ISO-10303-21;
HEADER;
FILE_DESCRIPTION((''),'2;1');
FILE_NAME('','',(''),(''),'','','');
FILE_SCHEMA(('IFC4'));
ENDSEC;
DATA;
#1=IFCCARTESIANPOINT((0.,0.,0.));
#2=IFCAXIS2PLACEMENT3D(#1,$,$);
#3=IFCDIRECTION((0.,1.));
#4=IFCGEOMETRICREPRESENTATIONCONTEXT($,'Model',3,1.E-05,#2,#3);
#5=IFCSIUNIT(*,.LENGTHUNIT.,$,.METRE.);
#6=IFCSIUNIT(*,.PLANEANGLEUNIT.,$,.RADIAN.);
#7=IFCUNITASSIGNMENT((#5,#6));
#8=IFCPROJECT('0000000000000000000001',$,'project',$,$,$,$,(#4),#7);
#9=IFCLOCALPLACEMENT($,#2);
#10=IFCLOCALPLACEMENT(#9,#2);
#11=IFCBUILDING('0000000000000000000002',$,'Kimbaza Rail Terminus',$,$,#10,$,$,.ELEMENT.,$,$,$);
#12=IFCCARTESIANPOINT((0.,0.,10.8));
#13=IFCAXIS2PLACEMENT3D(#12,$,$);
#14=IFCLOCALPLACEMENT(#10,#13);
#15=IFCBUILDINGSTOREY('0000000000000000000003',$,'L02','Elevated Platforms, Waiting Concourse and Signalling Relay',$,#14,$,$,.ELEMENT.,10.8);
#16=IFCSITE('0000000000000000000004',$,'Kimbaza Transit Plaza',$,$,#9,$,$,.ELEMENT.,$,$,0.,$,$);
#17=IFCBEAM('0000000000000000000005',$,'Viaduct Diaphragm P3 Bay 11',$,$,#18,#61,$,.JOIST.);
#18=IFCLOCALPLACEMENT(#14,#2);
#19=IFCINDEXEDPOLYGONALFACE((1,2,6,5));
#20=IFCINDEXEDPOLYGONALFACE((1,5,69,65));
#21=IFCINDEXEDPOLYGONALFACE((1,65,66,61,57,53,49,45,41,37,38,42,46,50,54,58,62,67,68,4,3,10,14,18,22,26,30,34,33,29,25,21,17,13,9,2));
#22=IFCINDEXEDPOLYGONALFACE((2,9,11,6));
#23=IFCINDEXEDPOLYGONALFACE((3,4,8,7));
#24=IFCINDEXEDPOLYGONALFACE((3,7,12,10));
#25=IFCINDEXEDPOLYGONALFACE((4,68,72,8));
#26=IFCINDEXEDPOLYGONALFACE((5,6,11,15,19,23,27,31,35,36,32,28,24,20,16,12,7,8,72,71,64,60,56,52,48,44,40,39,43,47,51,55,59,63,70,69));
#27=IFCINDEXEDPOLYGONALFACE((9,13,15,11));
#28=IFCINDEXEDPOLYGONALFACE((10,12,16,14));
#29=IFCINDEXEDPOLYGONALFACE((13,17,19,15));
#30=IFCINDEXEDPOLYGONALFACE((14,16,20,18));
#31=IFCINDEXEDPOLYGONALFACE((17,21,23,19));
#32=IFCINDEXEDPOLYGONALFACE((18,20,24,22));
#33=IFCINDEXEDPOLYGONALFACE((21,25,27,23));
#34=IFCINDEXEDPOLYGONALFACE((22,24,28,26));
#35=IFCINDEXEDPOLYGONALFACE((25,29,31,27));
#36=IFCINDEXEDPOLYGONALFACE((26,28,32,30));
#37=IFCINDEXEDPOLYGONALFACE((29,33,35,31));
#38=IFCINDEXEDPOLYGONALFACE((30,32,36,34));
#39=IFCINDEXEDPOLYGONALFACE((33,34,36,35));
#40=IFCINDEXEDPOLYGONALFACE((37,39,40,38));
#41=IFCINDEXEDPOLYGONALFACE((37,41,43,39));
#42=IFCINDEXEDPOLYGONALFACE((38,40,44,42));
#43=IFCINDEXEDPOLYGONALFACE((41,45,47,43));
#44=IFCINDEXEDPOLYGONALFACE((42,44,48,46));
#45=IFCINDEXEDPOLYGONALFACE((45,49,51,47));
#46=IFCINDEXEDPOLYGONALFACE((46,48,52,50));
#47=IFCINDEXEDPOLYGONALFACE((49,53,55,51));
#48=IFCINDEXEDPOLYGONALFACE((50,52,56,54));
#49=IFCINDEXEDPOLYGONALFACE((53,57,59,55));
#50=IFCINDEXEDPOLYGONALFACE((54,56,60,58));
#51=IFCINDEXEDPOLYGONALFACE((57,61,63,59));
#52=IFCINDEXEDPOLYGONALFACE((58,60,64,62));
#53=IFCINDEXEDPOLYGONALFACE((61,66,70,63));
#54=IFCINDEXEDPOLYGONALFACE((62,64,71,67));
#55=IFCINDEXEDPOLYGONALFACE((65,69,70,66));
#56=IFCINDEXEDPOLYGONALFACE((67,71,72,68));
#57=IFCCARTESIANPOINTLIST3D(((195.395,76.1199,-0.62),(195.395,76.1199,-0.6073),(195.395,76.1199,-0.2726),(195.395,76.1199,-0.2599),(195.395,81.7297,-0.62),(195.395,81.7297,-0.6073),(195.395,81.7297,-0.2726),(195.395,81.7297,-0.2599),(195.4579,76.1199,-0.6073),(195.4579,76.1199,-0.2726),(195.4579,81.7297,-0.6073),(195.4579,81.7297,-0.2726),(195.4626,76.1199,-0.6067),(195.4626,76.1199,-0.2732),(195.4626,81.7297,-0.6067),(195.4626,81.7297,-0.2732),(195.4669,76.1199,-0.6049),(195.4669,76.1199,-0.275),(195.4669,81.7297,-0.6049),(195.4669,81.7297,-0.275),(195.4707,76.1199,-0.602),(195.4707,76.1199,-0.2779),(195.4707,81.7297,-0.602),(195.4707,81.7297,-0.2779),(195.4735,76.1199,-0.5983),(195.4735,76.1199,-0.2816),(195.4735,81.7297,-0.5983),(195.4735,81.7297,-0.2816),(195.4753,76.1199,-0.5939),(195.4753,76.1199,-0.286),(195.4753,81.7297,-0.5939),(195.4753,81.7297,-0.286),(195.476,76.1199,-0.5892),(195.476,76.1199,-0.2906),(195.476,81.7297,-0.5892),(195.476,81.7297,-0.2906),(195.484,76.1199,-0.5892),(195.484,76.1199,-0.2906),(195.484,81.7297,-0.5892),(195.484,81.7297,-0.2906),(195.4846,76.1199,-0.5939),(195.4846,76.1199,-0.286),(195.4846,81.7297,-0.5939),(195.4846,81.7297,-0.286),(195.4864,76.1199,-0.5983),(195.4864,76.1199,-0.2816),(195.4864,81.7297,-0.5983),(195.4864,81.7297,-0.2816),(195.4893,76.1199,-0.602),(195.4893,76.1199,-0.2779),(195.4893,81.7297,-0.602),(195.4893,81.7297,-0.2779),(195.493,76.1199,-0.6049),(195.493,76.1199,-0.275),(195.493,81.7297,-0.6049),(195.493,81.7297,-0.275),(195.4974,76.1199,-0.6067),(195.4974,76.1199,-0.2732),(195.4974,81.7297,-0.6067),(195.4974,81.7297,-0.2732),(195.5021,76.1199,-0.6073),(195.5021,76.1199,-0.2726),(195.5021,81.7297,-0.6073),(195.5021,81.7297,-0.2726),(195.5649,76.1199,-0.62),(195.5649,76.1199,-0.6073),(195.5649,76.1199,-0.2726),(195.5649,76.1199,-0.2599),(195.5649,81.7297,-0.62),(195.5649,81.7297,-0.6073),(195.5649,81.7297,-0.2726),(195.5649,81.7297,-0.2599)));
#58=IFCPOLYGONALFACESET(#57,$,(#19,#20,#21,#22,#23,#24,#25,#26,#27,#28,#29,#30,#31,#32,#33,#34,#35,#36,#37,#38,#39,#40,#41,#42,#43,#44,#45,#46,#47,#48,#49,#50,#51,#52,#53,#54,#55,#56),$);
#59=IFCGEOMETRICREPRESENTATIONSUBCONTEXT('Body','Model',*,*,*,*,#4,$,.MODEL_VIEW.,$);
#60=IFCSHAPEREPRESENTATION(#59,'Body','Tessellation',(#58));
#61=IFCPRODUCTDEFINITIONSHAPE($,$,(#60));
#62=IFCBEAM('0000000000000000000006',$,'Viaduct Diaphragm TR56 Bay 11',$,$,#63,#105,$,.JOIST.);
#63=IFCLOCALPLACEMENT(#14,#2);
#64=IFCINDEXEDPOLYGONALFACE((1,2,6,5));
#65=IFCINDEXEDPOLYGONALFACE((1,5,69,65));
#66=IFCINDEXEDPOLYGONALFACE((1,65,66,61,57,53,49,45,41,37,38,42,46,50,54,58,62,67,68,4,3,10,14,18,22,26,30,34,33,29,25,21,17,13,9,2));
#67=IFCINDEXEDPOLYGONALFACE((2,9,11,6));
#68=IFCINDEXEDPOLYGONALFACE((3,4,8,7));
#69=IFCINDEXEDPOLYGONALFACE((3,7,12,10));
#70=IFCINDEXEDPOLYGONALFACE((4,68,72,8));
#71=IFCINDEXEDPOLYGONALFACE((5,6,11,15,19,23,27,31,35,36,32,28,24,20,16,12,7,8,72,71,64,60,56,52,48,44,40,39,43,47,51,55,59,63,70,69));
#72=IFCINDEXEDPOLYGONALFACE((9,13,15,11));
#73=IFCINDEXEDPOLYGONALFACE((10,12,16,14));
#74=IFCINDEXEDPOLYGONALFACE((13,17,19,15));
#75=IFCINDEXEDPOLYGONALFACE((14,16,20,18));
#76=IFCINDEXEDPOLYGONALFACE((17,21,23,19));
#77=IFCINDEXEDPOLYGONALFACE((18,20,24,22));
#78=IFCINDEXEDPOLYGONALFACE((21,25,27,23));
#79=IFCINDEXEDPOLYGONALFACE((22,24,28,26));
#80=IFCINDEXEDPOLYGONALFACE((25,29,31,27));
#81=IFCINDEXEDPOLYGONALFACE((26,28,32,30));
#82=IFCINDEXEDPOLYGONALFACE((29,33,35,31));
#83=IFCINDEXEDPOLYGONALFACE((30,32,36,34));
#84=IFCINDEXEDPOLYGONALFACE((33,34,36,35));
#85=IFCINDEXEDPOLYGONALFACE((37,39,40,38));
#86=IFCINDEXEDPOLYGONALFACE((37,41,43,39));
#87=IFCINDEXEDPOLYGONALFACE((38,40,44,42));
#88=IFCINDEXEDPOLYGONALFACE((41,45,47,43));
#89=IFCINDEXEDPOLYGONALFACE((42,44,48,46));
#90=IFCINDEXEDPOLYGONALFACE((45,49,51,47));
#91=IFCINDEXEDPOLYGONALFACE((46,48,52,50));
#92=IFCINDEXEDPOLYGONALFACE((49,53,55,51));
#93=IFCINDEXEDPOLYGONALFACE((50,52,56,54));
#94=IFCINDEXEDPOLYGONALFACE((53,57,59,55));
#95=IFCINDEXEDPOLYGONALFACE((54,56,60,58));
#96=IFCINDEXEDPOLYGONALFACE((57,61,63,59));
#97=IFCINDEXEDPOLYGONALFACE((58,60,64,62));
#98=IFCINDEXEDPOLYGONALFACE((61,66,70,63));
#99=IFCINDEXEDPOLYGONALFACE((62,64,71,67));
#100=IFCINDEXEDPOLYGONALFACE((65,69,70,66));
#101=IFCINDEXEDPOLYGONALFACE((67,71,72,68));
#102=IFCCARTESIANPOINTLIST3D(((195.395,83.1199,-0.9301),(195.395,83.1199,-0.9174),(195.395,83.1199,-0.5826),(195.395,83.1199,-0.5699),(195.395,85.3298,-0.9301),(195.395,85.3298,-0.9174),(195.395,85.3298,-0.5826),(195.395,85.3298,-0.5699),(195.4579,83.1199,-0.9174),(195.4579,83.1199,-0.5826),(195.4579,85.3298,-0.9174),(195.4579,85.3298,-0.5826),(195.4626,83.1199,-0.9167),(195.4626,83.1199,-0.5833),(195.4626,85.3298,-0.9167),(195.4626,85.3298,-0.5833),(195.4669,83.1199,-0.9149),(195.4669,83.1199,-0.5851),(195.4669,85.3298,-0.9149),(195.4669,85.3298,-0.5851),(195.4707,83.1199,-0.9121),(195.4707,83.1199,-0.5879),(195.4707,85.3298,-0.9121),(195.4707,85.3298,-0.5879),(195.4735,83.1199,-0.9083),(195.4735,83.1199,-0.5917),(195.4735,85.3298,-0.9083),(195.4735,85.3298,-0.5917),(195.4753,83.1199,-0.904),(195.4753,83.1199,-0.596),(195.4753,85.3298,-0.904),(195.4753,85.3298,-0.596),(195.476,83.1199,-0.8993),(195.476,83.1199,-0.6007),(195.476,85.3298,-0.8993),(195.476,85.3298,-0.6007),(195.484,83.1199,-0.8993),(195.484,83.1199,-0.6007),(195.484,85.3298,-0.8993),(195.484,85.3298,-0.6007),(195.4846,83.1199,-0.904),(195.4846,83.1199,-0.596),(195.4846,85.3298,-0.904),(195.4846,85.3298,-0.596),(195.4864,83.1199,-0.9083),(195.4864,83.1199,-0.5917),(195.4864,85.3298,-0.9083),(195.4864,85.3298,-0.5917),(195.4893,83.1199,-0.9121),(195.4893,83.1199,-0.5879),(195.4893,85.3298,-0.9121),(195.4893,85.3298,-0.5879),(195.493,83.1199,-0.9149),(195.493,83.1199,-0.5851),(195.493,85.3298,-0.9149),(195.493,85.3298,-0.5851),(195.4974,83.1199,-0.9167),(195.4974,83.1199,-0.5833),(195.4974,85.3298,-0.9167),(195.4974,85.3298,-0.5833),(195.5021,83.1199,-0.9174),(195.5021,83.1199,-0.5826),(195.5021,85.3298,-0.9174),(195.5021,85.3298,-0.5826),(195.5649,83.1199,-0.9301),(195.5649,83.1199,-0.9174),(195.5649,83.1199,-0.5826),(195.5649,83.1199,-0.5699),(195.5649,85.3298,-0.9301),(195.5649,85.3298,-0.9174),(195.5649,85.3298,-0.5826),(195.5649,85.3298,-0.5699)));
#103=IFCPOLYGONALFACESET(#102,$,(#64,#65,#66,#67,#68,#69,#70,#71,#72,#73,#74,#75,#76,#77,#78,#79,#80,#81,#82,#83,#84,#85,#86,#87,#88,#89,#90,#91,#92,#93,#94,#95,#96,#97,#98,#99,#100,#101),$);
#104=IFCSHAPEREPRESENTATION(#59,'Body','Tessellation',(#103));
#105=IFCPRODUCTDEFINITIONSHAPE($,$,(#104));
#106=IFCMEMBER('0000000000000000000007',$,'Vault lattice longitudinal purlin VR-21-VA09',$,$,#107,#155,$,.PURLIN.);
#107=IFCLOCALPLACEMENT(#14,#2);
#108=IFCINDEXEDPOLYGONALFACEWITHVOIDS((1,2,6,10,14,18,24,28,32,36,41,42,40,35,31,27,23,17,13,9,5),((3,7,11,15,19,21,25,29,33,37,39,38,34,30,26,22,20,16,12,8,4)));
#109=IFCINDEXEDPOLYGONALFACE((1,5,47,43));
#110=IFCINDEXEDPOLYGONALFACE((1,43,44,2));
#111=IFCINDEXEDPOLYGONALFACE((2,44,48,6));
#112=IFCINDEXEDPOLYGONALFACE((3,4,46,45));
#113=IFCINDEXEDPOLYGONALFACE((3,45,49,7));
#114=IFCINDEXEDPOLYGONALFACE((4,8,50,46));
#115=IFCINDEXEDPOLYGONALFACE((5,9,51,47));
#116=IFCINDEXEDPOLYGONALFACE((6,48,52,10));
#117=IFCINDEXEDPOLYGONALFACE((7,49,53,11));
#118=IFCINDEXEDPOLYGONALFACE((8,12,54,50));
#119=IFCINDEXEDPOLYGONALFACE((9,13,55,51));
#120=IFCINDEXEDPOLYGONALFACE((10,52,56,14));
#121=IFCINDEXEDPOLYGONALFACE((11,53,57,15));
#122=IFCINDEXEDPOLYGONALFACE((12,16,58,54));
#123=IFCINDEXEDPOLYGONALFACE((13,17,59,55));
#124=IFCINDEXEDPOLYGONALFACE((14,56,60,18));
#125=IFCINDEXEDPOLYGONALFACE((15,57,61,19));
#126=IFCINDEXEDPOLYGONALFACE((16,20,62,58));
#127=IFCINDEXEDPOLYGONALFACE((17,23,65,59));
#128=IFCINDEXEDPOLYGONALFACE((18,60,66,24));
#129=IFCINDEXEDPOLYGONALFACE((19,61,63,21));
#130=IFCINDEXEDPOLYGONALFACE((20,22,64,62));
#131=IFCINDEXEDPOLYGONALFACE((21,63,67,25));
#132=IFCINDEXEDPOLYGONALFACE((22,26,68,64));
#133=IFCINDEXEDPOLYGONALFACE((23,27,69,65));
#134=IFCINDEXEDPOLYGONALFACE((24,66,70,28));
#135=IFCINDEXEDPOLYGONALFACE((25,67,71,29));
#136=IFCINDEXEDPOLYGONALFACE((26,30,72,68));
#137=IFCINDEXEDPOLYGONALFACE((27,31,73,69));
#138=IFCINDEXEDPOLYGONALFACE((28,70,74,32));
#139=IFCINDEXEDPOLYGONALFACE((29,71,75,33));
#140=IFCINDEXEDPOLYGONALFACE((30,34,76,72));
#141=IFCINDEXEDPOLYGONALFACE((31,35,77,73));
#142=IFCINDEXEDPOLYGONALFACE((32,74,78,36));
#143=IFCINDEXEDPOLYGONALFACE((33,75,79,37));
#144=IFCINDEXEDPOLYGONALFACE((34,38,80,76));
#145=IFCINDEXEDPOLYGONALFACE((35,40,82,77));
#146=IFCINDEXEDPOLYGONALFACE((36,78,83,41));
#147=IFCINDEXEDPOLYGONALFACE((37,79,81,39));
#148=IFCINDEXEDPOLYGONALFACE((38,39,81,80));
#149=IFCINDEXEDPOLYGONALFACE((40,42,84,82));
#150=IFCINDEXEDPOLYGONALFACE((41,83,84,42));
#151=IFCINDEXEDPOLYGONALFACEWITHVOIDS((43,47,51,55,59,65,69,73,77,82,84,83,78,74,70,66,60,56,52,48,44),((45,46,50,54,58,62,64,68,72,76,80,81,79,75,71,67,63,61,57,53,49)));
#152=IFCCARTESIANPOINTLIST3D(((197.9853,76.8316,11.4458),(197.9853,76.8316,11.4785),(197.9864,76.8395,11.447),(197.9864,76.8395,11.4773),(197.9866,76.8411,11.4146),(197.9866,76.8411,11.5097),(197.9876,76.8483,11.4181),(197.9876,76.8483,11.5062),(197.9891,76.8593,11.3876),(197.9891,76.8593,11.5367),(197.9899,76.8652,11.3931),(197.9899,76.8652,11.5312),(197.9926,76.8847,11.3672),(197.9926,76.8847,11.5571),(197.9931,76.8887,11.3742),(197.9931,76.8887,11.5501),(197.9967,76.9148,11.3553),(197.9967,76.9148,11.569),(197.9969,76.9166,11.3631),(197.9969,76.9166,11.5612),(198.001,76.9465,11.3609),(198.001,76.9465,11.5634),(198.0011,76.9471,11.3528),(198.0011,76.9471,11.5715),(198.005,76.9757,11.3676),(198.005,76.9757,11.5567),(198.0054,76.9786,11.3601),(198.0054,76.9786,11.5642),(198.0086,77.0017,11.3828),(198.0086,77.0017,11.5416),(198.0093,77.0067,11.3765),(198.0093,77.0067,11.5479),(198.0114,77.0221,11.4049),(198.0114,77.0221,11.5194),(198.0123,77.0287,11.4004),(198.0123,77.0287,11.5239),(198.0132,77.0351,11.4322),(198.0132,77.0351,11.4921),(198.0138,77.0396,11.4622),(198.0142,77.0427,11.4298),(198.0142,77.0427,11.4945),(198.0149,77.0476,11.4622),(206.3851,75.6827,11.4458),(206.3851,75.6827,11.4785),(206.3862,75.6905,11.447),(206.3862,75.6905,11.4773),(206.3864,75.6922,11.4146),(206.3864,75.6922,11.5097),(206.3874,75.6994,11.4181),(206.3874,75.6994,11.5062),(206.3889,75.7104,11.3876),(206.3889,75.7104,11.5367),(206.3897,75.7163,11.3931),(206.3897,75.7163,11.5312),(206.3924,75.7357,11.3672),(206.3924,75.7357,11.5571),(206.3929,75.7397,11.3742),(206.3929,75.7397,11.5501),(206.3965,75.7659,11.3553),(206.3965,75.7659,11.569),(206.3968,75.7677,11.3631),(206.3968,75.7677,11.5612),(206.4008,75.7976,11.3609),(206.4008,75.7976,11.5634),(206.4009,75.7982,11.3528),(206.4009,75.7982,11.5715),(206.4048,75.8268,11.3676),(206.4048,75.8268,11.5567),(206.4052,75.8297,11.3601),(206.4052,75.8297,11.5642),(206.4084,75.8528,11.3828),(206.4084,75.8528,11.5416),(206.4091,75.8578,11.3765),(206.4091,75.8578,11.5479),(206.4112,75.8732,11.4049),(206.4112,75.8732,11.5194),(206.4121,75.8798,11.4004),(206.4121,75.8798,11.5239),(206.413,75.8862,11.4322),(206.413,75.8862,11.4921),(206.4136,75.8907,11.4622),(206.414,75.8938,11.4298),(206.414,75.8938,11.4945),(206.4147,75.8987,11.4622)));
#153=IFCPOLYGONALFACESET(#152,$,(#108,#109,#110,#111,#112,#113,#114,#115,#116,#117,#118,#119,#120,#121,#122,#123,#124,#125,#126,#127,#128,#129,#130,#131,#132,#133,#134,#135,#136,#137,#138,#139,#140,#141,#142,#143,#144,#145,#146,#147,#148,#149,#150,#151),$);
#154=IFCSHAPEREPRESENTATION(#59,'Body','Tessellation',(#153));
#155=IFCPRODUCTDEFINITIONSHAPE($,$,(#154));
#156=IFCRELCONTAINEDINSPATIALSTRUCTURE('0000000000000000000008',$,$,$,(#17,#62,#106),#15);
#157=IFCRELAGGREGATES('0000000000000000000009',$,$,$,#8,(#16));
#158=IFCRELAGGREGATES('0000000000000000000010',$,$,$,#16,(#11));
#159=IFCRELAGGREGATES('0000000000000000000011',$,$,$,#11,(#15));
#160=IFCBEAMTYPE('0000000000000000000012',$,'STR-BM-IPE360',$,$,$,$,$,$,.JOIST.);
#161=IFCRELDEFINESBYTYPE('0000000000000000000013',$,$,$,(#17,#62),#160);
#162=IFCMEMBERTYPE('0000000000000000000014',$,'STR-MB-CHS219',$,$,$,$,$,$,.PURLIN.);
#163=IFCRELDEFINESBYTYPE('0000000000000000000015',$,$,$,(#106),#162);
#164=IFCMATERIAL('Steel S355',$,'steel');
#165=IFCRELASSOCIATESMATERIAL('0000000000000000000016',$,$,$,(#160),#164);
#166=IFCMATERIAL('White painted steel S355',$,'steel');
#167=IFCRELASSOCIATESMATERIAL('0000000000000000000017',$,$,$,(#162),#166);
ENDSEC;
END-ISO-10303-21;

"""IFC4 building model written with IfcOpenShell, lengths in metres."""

from ifc_helpers import new_model, si_unit, direction, frame, origin, origin_2d, place, context, subcontext, project, spatial, hollow_circle, i_section, extrude, material, material_profile, profile_set, type_object, element, save


model = new_model("IFC4")

# Units and contexts
model_context = context("Model", 3, precision=1e-05, world=origin(), true_north=direction((0.0, 1.0)))
body_context = subcontext(model_context, "Body", "Model", "MODEL_VIEW")
ifc_project = project(units=[si_unit("LENGTHUNIT", "METRE"), si_unit("PLANEANGLEUNIT", "RADIAN")], contexts=[model_context])

# Site, building, storey
site_placement = place(None, origin())
site = spatial("IfcSite", under=ifc_project, at=site_placement, Name="Kimbaza Transit Plaza", CompositionType="ELEMENT", RefElevation=0.0)
building_placement = place(site_placement, origin())
building = spatial("IfcBuilding", under=site, at=building_placement, Name="Kimbaza Rail Terminus", CompositionType="ELEMENT")
storey_placement = place(building_placement, frame((0.0, 0.0, 10.8)))
storey = spatial("IfcBuildingStorey", under=building, at=storey_placement, Name="L02", Description="Elevated Platforms, Waiting Concourse and Signalling Relay", CompositionType="ELEMENT", Elevation=10.8)

# Beams
ifc_material_1 = material(Name="Steel S355", Category="steel")
ifc_material_profile_1 = material_profile(ifc_material_1, i_section(OverallWidth=0.1699, OverallDepth=0.3601, WebThickness=0.0081, FlangeThickness=0.0127, FilletRadius=0.0181, at=origin_2d()), Name="IPE 360")
ifc_profile_set_1 = profile_set([ifc_material_profile_1], Name="Steel S355")
beam_type = type_object("IfcBeamType", Name="STR-BM-IPE360", PredefinedType="JOIST", material=ifc_profile_set_1)
beam_1_placement = place(storey_placement, frame((195.48, 76.1199, -0.4399), z_axis=(0.0, 1.0, 0.0), x_axis=(-1.0, 0.0, 0.0)))
element("IfcBeam", 1, at=beam_1_placement, inside=storey, type_object=beam_type, Name="Viaduct Diaphragm P3 Bay 11", PredefinedType="JOIST", context=body_context, shape_type="SweptSolid", body=[
    extrude(i_section(OverallWidth=0.1699, OverallDepth=0.3601, WebThickness=0.0081, FlangeThickness=0.0127, FilletRadius=0.0181, at=origin_2d()), origin(), (0.0, 0.0, 1.0), 5.6099),
])
beam_2_placement = place(storey_placement, frame((195.48, 83.1199, -0.75), z_axis=(0.0, 1.0, 0.0), x_axis=(-1.0, 0.0, 0.0)))
element("IfcBeam", 2, at=beam_2_placement, inside=storey, type_object=beam_type, Name="Viaduct Diaphragm TR56 Bay 11", PredefinedType="JOIST", context=body_context, shape_type="SweptSolid", body=[
    extrude(i_section(OverallWidth=0.1699, OverallDepth=0.3601, WebThickness=0.0081, FlangeThickness=0.0127, FilletRadius=0.0181, at=origin_2d()), origin(), (0.0, 0.0, 1.0), 2.21),
])

# Member
ifc_material_2 = material(Name="White painted steel S355", Category="steel")
ifc_material_profile_2 = material_profile(ifc_material_2, hollow_circle(Radius=0.1096, WallThickness=0.0081, at=origin_2d()), Name="CHS 219.1x8")
ifc_profile_set_2 = profile_set([ifc_material_profile_2], Name="White painted steel S355")
member_type_1 = type_object("IfcMemberType", Name="STR-MB-CHS219", PredefinedType="PURLIN", material=ifc_profile_set_2)
for number, where, z_axis, x_axis, name in (
    (3, (198.0, 76.939, 11.4622), (0.990775, -0.135517, 0.0), (0.135517, 0.990775, 0.0), "Vault lattice longitudinal purlin VR-21-VA09"),
):
    element("IfcMember", number, at=place(storey_placement, frame(where, z_axis=z_axis, x_axis=x_axis)), inside=storey, type_object=member_type_1, Name=name, PredefinedType="PURLIN", context=body_context, shape_type="SweptSolid", body=[
        extrude(hollow_circle(Radius=0.1096, WallThickness=0.0081, at=origin_2d()), origin(), (0.0, 0.0, 1.0), 8.478),
    ])

save(model, "model.ifc")
